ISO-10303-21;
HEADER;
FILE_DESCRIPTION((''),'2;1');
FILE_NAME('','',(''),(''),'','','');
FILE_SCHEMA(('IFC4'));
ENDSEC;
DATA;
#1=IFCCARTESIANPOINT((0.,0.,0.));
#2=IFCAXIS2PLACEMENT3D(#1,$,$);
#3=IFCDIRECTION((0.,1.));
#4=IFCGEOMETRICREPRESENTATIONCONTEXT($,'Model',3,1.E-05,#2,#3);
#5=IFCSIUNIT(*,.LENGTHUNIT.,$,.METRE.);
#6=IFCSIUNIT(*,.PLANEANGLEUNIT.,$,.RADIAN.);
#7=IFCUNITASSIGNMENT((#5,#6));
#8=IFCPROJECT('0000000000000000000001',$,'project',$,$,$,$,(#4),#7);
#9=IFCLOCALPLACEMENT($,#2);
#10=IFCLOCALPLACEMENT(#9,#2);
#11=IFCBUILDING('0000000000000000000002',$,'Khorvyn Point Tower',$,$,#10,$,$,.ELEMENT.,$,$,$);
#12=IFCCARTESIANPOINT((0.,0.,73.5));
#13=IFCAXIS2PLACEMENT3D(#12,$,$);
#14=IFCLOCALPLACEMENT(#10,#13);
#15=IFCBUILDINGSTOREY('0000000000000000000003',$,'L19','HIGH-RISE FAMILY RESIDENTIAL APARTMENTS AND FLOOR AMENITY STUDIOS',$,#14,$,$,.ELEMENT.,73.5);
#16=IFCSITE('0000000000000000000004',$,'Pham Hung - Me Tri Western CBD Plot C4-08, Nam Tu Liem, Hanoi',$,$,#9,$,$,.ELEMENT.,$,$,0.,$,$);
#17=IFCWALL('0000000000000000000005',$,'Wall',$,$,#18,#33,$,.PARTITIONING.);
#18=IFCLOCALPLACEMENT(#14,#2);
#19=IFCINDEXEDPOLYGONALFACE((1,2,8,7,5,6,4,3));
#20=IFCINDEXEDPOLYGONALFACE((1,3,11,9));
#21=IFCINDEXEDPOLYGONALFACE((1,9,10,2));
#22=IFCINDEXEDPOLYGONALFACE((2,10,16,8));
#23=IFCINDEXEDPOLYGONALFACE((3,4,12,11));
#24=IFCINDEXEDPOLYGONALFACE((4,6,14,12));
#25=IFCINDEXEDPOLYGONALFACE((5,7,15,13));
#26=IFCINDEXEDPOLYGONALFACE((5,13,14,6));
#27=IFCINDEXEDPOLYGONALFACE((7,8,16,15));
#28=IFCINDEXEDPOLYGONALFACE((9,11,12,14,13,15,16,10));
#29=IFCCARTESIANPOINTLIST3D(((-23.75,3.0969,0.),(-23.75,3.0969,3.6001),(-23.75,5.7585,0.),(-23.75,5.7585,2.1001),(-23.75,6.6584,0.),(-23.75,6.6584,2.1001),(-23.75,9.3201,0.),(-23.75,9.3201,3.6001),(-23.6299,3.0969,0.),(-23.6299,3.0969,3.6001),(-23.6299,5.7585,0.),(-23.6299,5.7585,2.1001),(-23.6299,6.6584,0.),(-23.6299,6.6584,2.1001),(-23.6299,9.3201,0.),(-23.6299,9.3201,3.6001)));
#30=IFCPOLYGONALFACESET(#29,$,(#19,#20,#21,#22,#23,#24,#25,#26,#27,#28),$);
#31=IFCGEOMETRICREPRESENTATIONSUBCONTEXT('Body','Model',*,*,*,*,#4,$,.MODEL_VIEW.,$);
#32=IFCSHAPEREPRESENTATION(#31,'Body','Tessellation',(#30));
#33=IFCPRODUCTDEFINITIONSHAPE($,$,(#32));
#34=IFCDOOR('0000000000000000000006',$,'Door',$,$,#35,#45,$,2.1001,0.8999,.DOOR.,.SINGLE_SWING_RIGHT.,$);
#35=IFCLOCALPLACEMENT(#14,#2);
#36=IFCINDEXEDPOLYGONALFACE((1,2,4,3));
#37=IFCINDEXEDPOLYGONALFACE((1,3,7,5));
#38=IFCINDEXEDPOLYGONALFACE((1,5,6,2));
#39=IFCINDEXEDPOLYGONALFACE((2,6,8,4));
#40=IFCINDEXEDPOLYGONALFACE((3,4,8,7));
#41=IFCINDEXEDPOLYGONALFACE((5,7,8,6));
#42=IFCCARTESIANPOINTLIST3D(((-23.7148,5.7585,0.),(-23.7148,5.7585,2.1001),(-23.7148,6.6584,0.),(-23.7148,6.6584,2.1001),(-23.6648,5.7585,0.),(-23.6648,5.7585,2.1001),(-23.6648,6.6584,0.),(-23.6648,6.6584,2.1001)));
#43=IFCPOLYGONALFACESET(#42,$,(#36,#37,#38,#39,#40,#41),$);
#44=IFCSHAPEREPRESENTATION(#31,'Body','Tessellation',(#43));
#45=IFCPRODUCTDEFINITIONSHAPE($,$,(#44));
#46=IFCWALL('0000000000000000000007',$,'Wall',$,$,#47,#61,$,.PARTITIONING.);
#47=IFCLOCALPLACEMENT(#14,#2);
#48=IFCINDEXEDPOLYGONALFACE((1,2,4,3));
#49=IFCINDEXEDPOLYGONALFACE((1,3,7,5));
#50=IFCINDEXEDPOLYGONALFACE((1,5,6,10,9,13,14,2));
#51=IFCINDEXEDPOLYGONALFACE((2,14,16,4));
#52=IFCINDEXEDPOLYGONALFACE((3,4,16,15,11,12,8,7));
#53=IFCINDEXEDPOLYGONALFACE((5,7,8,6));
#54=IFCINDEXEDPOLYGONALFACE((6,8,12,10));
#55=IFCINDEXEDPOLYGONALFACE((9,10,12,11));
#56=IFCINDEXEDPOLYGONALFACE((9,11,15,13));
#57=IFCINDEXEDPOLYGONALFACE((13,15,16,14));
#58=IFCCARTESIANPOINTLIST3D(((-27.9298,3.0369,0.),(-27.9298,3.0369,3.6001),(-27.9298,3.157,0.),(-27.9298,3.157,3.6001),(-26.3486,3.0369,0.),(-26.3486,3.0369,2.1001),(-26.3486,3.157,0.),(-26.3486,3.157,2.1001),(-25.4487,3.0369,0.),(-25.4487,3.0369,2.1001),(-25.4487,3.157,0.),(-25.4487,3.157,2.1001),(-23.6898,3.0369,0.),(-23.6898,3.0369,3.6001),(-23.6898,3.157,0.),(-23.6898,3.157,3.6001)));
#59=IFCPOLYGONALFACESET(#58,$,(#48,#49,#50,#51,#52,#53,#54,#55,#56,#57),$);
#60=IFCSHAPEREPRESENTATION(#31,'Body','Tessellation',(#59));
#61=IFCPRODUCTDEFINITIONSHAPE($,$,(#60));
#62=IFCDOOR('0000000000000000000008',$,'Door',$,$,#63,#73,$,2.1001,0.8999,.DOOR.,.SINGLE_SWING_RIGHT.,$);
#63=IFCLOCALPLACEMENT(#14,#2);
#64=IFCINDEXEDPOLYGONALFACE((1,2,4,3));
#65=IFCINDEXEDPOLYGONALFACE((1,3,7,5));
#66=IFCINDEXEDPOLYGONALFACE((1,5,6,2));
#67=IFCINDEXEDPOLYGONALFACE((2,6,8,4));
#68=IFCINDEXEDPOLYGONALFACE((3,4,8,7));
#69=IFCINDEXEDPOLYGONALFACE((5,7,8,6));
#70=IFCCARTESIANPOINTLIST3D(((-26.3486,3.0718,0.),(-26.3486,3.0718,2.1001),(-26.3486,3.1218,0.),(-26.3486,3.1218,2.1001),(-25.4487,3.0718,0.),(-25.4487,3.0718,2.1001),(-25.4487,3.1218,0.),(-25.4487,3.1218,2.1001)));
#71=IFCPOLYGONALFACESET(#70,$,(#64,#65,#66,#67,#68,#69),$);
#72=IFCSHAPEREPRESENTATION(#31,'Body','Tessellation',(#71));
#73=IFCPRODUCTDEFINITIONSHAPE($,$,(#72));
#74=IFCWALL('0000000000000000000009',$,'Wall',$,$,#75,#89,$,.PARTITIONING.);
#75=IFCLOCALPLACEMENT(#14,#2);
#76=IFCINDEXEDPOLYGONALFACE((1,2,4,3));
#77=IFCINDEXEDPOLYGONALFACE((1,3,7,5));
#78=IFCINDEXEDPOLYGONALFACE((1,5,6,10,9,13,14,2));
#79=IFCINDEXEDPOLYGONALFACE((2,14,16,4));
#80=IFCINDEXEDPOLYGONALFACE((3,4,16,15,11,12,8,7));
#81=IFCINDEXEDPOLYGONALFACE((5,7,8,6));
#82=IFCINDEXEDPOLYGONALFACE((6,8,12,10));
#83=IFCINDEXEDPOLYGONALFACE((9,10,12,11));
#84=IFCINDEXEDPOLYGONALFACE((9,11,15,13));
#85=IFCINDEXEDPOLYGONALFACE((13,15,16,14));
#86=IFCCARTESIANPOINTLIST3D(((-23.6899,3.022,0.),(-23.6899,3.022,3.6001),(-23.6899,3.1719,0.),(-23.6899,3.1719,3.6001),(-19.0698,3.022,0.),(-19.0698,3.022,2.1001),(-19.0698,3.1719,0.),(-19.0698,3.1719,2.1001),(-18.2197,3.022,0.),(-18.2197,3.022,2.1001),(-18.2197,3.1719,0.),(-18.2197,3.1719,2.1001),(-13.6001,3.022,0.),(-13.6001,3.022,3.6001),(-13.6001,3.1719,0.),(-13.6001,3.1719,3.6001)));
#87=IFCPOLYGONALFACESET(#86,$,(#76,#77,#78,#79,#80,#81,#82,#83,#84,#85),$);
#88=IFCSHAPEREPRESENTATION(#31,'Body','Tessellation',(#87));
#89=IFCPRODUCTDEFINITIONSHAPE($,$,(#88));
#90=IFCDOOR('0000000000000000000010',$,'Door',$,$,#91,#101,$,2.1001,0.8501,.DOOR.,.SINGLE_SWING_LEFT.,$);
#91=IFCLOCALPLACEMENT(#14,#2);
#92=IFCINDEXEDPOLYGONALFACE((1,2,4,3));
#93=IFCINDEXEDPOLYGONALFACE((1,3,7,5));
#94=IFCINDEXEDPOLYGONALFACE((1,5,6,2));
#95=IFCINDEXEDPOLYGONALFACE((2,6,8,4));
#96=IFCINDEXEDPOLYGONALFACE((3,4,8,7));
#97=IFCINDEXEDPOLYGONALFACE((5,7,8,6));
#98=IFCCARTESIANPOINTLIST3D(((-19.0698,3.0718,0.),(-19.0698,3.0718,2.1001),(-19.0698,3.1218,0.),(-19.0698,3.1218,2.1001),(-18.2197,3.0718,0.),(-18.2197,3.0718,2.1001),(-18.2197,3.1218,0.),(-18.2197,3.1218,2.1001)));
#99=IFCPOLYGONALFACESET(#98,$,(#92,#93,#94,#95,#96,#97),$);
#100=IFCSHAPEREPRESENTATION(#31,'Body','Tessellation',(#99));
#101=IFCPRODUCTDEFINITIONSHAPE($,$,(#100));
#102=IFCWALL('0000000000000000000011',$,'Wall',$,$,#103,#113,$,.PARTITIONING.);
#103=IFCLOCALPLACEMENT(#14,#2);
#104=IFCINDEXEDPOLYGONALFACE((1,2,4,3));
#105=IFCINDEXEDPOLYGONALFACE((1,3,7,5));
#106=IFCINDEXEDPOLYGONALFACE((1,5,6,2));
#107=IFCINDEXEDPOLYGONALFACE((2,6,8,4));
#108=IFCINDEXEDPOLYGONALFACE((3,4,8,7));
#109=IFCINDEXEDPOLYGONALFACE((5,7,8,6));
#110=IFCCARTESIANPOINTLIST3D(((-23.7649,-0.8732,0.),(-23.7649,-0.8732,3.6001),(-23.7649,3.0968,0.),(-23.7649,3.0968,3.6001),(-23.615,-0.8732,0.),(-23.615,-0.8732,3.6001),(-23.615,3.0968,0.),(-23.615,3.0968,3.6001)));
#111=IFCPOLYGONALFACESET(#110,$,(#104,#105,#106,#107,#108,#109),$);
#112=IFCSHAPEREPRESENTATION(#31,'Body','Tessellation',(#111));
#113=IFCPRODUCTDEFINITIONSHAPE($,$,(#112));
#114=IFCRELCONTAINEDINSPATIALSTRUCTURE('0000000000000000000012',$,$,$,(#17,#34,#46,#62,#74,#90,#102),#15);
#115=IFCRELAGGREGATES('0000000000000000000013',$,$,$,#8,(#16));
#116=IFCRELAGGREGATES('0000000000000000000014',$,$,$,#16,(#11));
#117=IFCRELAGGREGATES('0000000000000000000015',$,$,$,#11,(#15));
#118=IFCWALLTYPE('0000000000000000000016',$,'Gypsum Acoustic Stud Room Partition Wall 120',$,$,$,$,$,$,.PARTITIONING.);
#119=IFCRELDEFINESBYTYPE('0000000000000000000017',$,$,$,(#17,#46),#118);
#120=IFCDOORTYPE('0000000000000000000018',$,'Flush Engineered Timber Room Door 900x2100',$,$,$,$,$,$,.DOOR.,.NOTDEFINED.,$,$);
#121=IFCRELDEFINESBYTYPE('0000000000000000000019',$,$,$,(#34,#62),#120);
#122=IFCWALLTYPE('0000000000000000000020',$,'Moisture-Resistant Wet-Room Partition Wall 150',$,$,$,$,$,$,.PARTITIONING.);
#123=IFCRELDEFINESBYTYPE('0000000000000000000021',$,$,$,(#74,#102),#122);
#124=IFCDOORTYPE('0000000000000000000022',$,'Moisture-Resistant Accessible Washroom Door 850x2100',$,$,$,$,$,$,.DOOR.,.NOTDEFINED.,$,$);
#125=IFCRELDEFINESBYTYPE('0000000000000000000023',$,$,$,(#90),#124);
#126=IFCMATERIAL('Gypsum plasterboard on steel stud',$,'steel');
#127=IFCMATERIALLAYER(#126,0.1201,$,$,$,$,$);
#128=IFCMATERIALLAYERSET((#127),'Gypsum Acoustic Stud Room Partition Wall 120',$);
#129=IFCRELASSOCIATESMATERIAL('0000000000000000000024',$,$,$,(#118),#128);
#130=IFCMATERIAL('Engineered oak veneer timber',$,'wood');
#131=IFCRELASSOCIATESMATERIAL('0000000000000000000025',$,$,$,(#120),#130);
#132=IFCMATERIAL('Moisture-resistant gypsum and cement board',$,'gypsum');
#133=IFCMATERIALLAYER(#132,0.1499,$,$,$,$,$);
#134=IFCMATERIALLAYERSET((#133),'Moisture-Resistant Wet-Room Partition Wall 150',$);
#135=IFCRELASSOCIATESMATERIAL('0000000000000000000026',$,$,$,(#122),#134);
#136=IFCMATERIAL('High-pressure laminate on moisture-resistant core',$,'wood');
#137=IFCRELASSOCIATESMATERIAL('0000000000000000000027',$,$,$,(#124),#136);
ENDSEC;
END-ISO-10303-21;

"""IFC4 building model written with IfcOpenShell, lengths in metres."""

from ifc_helpers import new_model, si_unit, direction, frame, frame_2d, origin, place, context, subcontext, project, spatial, rectangle, extrude, material, layer, layer_set, type_object, element, fill, save


model = new_model("IFC4")

# Units and contexts
model_context = context("Model", 3, precision=1e-05, world=origin(), true_north=direction((0.0, 1.0)))
body_context = subcontext(model_context, "Body", "Model", "MODEL_VIEW")
ifc_project = project(units=[si_unit("LENGTHUNIT", "METRE"), si_unit("PLANEANGLEUNIT", "RADIAN")], contexts=[model_context])

# Site, building, storey
site_placement = place(None, origin())
site = spatial("IfcSite", under=ifc_project, at=site_placement, Name="Pham Hung - Me Tri Western CBD Plot C4-08, Nam Tu Liem, Hanoi", CompositionType="ELEMENT", RefElevation=0.0)
building_placement = place(site_placement, origin())
building = spatial("IfcBuilding", under=site, at=building_placement, Name="Khorvyn Point Tower", CompositionType="ELEMENT")
storey_placement = place(building_placement, frame((0.0, 0.0, 73.5)))
storey = spatial("IfcBuildingStorey", under=building, at=storey_placement, Name="L19", Description="HIGH-RISE FAMILY RESIDENTIAL APARTMENTS AND FLOOR AMENITY STUDIOS", CompositionType="ELEMENT", Elevation=73.5)

# Walls, openings, doors
ifc_material_1 = material(Name="Gypsum plasterboard on steel stud", Category="steel")
ifc_layer_1 = layer(ifc_material_1, 0.1201)
ifc_layer_set_1 = layer_set([ifc_layer_1], Name="Gypsum Acoustic Stud Room Partition Wall 120")
wall_type_1 = type_object("IfcWallType", Name="Gypsum Acoustic Stud Room Partition Wall 120", PredefinedType="PARTITIONING", material=ifc_layer_set_1)
wall_1_placement = place(storey_placement, frame((-23.6899, 3.0969, 0.0), z_axis=(0.0, 0.0, 1.0), x_axis=(0.0, 1.0, 0.0)))
wall_1 = element("IfcWall", 1, at=wall_1_placement, inside=storey, type_object=wall_type_1, Name="Wall", PredefinedType="PARTITIONING", context=body_context, shape_type="SweptSolid", body=[
    extrude(rectangle(XDim=6.2231, YDim=0.1201, at=frame_2d((3.1116, 0.0))), origin(), (0.0, 0.0, 1.0), 3.6001),
])
opening_1_placement = place(wall_1_placement, frame((2.6616, 0.0, 0.0)))
opening_1 = element("IfcOpeningElement", 2, at=opening_1_placement, cuts=wall_1, PredefinedType="OPENING", context=body_context, shape_type="SweptSolid", body=[
    extrude(rectangle(XDim=0.8999, YDim=2.1001, at=frame_2d((0.45, 1.05))), frame((0.0, 0.0701, 0.0), z_axis=(0.0, -1.0, 0.0), x_axis=(1.0, 0.0, 0.0)), (0.0, 0.0, 1.0), 0.1401),
])
ifc_material_2 = material(Name="Engineered oak veneer timber", Category="wood")
door_type_1 = type_object("IfcDoorType", Name="Flush Engineered Timber Room Door 900x2100", OperationType="NOTDEFINED", PredefinedType="DOOR", material=ifc_material_2)
door_1_placement = place(opening_1_placement, origin())
door_1 = element("IfcDoor", 3, at=door_1_placement, inside=storey, type_object=door_type_1, Name="Door", OperationType="SINGLE_SWING_RIGHT", OverallHeight=2.1001, OverallWidth=0.8999, PredefinedType="DOOR", context=body_context, shape_type="SweptSolid", body=[
    extrude(rectangle(XDim=0.8999, YDim=2.1001, at=frame_2d((0.45, 1.05))), frame((0.0, 0.0249, 0.0), z_axis=(0.0, -1.0, 0.0), x_axis=(1.0, 0.0, 0.0)), (0.0, 0.0, 1.0), 0.05),
])
fill(opening_1, door_1)
wall_2_placement = place(storey_placement, frame((-27.9299, 3.0969, 0.0), z_axis=(0.0, 0.0, 1.0), x_axis=(1.0, 0.0, 0.0)))
wall_2 = element("IfcWall", 4, at=wall_2_placement, inside=storey, type_object=wall_type_1, Name="Wall", PredefinedType="PARTITIONING", context=body_context, shape_type="SweptSolid", body=[
    extrude(rectangle(XDim=4.24, YDim=0.1201, at=frame_2d((2.1201, 0.0))), origin(), (0.0, 0.0, 1.0), 3.6001),
])
opening_2_placement = place(wall_2_placement, frame((1.5813, 0.0, 0.0)))
opening_2 = element("IfcOpeningElement", 5, at=opening_2_placement, cuts=wall_2, PredefinedType="OPENING", context=body_context, shape_type="SweptSolid", body=[
    extrude(rectangle(XDim=0.8999, YDim=2.1001, at=frame_2d((0.45, 1.05))), frame((0.0, 0.0701, 0.0), z_axis=(0.0, -1.0, 0.0), x_axis=(1.0, 0.0, 0.0)), (0.0, 0.0, 1.0), 0.1401),
])
door_2_placement = place(opening_2_placement, origin())
door_2 = element("IfcDoor", 6, at=door_2_placement, inside=storey, type_object=door_type_1, Name="Door", OperationType="SINGLE_SWING_RIGHT", OverallHeight=2.1001, OverallWidth=0.8999, PredefinedType="DOOR", context=body_context, shape_type="SweptSolid", body=[
    extrude(rectangle(XDim=0.8999, YDim=2.1001, at=frame_2d((0.45, 1.05))), frame((0.0, 0.0249, 0.0), z_axis=(0.0, -1.0, 0.0), x_axis=(1.0, 0.0, 0.0)), (0.0, 0.0, 1.0), 0.05),
])
fill(opening_2, door_2)
ifc_material_3 = material(Name="Moisture-resistant gypsum and cement board", Category="gypsum")
ifc_layer_2 = layer(ifc_material_3, 0.1499)
ifc_layer_set_2 = layer_set([ifc_layer_2], Name="Moisture-Resistant Wet-Room Partition Wall 150")
wall_type_2 = type_object("IfcWallType", Name="Moisture-Resistant Wet-Room Partition Wall 150", PredefinedType="PARTITIONING", material=ifc_layer_set_2)
wall_3_placement = place(storey_placement, frame((-23.6899, 3.0969, 0.0), z_axis=(0.0, 0.0, 1.0), x_axis=(1.0, 0.0, 0.0)))
wall_3 = element("IfcWall", 7, at=wall_3_placement, inside=storey, type_object=wall_type_2, Name="Wall", PredefinedType="PARTITIONING", context=body_context, shape_type="SweptSolid", body=[
    extrude(rectangle(XDim=10.0898, YDim=0.1499, at=frame_2d((5.0449, 0.0))), origin(), (0.0, 0.0, 1.0), 3.6001),
])
opening_3_placement = place(wall_3_placement, frame((4.6201, 0.0, 0.0)))
opening_3 = element("IfcOpeningElement", 8, at=opening_3_placement, cuts=wall_3, PredefinedType="OPENING", context=body_context, shape_type="SweptSolid", body=[
    extrude(rectangle(XDim=0.8501, YDim=2.1001, at=frame_2d((0.425, 1.05))), frame((0.0, 0.085, 0.0), z_axis=(0.0, -1.0, 0.0), x_axis=(1.0, 0.0, 0.0)), (0.0, 0.0, 1.0), 0.1699),
])
ifc_material_4 = material(Name="High-pressure laminate on moisture-resistant core", Category="wood")
door_type_2 = type_object("IfcDoorType", Name="Moisture-Resistant Accessible Washroom Door 850x2100", OperationType="NOTDEFINED", PredefinedType="DOOR", material=ifc_material_4)
door_3_placement = place(opening_3_placement, origin())
door_3 = element("IfcDoor", 9, at=door_3_placement, inside=storey, type_object=door_type_2, Name="Door", OperationType="SINGLE_SWING_LEFT", OverallHeight=2.1001, OverallWidth=0.8501, PredefinedType="DOOR", context=body_context, shape_type="SweptSolid", body=[
    extrude(rectangle(XDim=0.8501, YDim=2.1001, at=frame_2d((0.425, 1.05))), frame((0.0, 0.0249, 0.0), z_axis=(0.0, -1.0, 0.0), x_axis=(1.0, 0.0, 0.0)), (0.0, 0.0, 1.0), 0.05),
])
fill(opening_3, door_3)

# Wall
wall_4_placement = place(storey_placement, frame((-23.6899, -0.873, 0.0), z_axis=(0.0, 0.0, 1.0), x_axis=(0.0, 1.0, 0.0)))
element("IfcWall", 10, at=wall_4_placement, inside=storey, type_object=wall_type_2, Name="Wall", PredefinedType="PARTITIONING", context=body_context, shape_type="SweptSolid", body=[
    extrude(rectangle(XDim=3.97, YDim=0.1499, at=frame_2d((1.9849, 0.0))), origin(), (0.0, 0.0, 1.0), 3.6001),
])

save(model, "model.ifc")
